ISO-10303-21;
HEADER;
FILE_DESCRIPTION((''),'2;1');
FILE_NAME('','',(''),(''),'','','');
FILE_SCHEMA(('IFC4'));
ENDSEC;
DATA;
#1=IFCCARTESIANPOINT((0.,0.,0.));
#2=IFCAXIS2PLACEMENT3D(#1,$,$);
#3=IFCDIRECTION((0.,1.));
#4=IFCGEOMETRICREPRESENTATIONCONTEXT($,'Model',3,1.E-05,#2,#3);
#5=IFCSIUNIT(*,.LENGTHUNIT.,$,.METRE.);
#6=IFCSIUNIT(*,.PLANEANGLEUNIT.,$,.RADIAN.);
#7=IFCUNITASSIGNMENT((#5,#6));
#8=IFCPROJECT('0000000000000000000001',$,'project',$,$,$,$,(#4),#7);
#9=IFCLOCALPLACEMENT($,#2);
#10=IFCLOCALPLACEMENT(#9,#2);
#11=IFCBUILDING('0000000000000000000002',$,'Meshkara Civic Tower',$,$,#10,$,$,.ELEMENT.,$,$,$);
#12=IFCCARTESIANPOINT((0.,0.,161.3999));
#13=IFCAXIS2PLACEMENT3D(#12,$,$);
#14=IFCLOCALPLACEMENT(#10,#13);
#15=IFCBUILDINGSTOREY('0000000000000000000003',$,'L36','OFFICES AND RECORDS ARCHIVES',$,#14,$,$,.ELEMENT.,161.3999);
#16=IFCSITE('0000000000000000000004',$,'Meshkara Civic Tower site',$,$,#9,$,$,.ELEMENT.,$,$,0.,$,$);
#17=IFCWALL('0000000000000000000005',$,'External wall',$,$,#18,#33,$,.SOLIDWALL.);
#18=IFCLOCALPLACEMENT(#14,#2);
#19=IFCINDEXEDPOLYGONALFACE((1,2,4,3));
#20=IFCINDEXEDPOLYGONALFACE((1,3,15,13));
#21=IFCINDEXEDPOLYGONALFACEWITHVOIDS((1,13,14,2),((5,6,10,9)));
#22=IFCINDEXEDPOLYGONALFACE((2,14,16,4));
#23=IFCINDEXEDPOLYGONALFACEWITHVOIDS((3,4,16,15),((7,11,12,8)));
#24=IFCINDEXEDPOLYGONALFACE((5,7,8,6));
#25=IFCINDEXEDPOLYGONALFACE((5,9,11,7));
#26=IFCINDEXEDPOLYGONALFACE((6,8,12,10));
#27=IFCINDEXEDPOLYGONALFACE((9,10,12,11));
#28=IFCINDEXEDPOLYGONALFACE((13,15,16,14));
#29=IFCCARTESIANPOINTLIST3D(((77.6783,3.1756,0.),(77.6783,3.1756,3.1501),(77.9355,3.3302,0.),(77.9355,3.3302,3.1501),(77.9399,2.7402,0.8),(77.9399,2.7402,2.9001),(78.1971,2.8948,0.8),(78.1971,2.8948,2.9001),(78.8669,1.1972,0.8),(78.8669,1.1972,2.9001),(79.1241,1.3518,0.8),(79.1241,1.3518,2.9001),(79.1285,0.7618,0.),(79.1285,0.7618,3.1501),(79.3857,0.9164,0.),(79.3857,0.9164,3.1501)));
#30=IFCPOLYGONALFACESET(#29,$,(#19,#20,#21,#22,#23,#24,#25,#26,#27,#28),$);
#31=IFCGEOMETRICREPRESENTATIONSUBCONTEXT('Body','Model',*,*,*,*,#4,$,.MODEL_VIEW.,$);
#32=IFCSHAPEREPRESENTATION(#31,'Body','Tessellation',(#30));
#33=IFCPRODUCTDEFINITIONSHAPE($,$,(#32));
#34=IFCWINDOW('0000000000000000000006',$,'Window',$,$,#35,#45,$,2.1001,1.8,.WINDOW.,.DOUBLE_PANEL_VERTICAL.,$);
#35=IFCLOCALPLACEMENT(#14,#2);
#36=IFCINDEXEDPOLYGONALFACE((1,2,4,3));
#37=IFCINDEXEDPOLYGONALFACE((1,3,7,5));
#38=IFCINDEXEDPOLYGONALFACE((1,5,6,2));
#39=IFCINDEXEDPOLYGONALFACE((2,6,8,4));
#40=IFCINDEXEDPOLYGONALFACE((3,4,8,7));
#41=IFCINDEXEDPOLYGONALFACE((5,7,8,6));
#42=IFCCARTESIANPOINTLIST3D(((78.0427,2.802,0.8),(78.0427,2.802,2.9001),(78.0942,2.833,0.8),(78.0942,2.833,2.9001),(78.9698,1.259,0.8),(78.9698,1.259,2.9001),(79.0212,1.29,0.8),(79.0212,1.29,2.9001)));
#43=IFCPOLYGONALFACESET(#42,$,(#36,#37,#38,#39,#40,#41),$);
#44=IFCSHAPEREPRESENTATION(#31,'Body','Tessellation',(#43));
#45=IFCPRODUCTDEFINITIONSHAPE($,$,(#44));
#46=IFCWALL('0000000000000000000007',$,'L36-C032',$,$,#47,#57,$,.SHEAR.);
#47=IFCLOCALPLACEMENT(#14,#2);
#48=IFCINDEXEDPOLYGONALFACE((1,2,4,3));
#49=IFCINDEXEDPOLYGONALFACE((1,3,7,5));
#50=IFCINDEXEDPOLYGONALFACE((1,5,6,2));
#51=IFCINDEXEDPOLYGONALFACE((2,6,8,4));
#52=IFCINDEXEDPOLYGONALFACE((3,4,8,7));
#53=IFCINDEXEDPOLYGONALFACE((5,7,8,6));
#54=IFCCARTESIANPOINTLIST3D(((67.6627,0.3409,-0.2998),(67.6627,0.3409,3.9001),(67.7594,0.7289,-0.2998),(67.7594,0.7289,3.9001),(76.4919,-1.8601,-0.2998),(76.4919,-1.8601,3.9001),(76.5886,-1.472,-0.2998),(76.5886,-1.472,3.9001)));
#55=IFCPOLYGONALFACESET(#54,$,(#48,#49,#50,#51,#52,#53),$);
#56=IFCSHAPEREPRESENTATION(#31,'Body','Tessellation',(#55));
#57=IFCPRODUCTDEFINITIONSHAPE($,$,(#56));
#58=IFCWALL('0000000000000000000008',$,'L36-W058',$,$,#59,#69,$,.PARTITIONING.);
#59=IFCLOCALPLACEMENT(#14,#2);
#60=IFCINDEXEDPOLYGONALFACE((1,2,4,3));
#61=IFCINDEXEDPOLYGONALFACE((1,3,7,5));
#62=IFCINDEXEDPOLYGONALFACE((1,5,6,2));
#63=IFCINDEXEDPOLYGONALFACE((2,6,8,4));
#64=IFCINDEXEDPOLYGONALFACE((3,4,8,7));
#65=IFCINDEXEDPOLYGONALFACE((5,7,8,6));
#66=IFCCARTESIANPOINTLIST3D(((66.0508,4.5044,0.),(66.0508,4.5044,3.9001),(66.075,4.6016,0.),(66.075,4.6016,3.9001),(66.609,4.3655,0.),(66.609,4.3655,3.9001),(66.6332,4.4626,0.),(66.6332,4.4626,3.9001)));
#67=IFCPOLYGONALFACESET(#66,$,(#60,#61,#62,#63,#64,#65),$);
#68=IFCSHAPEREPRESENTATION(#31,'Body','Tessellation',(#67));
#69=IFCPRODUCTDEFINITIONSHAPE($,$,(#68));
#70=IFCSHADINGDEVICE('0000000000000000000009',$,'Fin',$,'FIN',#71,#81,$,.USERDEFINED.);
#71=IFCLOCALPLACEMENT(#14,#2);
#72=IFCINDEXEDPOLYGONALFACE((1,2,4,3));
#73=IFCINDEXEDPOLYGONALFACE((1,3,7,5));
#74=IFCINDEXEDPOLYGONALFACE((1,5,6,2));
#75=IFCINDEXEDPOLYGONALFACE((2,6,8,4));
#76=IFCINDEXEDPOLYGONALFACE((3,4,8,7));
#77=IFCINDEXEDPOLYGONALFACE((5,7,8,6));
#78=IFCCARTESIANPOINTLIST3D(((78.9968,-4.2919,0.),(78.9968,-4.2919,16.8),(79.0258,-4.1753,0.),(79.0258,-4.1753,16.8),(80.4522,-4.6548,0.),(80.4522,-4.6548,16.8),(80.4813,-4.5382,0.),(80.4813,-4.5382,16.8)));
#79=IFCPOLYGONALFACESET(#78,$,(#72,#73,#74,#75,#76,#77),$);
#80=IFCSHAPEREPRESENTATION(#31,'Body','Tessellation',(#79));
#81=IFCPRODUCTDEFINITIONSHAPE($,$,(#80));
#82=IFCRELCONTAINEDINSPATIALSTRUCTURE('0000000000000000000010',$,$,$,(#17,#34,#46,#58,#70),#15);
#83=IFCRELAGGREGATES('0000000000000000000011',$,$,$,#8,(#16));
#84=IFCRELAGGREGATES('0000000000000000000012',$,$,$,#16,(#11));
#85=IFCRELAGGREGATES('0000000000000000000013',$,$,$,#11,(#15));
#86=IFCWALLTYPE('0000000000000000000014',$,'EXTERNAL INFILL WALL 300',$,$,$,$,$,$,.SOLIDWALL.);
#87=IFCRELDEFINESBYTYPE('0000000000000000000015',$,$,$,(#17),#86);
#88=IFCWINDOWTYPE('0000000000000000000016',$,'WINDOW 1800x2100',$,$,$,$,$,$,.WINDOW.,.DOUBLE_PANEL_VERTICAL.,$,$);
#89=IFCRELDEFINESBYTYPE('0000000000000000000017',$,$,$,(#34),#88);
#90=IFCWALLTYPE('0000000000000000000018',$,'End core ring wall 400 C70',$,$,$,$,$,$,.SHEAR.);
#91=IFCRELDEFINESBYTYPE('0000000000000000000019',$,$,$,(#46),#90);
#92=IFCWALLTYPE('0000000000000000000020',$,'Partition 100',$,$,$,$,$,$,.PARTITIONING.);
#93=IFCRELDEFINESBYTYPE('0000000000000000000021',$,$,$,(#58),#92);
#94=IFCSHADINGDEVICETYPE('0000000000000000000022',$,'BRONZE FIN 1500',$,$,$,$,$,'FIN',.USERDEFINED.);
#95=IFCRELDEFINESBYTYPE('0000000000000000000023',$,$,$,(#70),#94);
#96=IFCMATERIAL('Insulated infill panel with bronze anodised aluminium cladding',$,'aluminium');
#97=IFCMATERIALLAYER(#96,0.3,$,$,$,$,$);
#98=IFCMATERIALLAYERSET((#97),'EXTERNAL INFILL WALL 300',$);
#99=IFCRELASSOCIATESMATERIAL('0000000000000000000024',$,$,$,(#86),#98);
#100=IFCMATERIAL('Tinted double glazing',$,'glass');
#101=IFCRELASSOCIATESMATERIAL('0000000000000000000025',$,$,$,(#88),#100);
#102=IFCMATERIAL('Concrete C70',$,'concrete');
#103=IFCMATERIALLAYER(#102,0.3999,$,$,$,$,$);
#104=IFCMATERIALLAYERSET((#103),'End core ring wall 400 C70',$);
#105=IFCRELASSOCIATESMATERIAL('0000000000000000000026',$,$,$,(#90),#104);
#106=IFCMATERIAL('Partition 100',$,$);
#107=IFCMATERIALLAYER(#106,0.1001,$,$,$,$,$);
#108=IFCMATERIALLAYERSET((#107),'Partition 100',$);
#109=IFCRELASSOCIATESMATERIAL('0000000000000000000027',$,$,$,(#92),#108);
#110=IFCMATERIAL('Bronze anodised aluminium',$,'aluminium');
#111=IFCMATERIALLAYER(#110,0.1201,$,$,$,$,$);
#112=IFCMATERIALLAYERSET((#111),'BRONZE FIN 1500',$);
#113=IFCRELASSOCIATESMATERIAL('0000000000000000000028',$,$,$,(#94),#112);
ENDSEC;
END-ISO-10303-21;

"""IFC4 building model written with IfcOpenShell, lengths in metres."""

from ifc_helpers import new_model, si_unit, direction, frame, frame_2d, origin, origin_2d, place, context, subcontext, project, spatial, rectangle, extrude, material, layer, layer_set, type_object, element, fill, save


model = new_model("IFC4")

# Units and contexts
model_context = context("Model", 3, precision=1e-05, world=origin(), true_north=direction((0.0, 1.0)))
body_context = subcontext(model_context, "Body", "Model", "MODEL_VIEW")
ifc_project = project(units=[si_unit("LENGTHUNIT", "METRE"), si_unit("PLANEANGLEUNIT", "RADIAN")], contexts=[model_context])

# Site, building, storey
site_placement = place(None, origin())
site = spatial("IfcSite", under=ifc_project, at=site_placement, Name="Meshkara Civic Tower site", CompositionType="ELEMENT", RefElevation=0.0)
building_placement = place(site_placement, origin())
building = spatial("IfcBuilding", under=site, at=building_placement, Name="Meshkara Civic Tower", CompositionType="ELEMENT")
storey_placement = place(building_placement, frame((0.0, 0.0, 161.3999)))
storey = spatial("IfcBuildingStorey", under=building, at=storey_placement, Name="L36", Description="OFFICES AND RECORDS ARCHIVES", CompositionType="ELEMENT", Elevation=161.3999)

# Wall, opening, window
ifc_material_1 = material(Name="Insulated infill panel with bronze anodised aluminium cladding", Category="aluminium")
ifc_layer_1 = layer(ifc_material_1, 0.3)
ifc_layer_set_1 = layer_set([ifc_layer_1], Name="EXTERNAL INFILL WALL 300")
wall_type_1 = type_object("IfcWallType", Name="EXTERNAL INFILL WALL 300", PredefinedType="SOLIDWALL", material=ifc_layer_set_1)
ifc_material_2 = material(Name="Tinted double glazing", Category="glass")
window_type_1 = type_object("IfcWindowType", Name="WINDOW 1800x2100", PartitioningType="DOUBLE_PANEL_VERTICAL", PredefinedType="WINDOW", material=ifc_material_2)
wall_1_placement = place(storey_placement, frame((79.2571, 0.8391, 0.0), z_axis=(0.0, 0.0, 1.0), x_axis=(-0.514993, 0.857194, 0.0)))
wall_1 = element("IfcWall", 1, at=wall_1_placement, inside=storey, type_object=wall_type_1, Name="External wall", PredefinedType="SOLIDWALL", context=body_context, shape_type="SweptSolid", body=[
    extrude(rectangle(XDim=2.8159, YDim=0.3, at=frame_2d((1.408, 0.0))), origin(), (0.0, 0.0, 1.0), 3.1501),
])
opening_1_placement = place(wall_1_placement, frame((0.5081, 0.0, 0.8)))
opening_1 = element("IfcOpeningElement", 2, at=opening_1_placement, cuts=wall_1, PredefinedType="OPENING", context=body_context, shape_type="SweptSolid", body=[
    extrude(rectangle(XDim=1.8, YDim=2.1001, at=frame_2d((0.8999, 1.05))), frame((0.0, 0.1599, 0.0), z_axis=(0.0, -1.0, 0.0), x_axis=(1.0, 0.0, 0.0)), (0.0, 0.0, 1.0), 0.3201),
])
window_1_placement = place(opening_1_placement, origin())
window_1 = element("IfcWindow", 3, at=window_1_placement, inside=storey, type_object=window_type_1, Name="Window", OverallHeight=2.1001, OverallWidth=1.8, PartitioningType="DOUBLE_PANEL_VERTICAL", PredefinedType="WINDOW", context=body_context, shape_type="SweptSolid", body=[
    extrude(rectangle(XDim=1.8, YDim=2.1001, at=frame_2d((0.8999, 1.05))), frame((0.0, 0.03, 0.0), z_axis=(0.0, -1.0, 0.0), x_axis=(1.0, 0.0, 0.0)), (0.0, 0.0, 1.0), 0.0601),
])
fill(opening_1, window_1)

# Walls
ifc_material_3 = material(Name="Concrete C70", Category="concrete")
ifc_layer_2 = layer(ifc_material_3, 0.3999)
ifc_layer_set_2 = layer_set([ifc_layer_2], Name="End core ring wall 400 C70")
wall_type_2 = type_object("IfcWallType", Name="End core ring wall 400 C70", PredefinedType="SHEAR", material=ifc_layer_set_2)
wall_2_placement = place(storey_placement, frame((67.7109, 0.5349, -0.2998), z_axis=(0.0, 0.0, 1.0), x_axis=(0.970306, -0.241879, 0.0)))
element("IfcWall", 4, at=wall_2_placement, inside=storey, type_object=wall_type_2, Name="L36-C032", PredefinedType="SHEAR", context=body_context, shape_type="SweptSolid", body=[
    extrude(rectangle(XDim=9.0994, YDim=0.3999, at=frame_2d((4.5498, 0.0))), origin(), (0.0, 0.0, 1.0), 4.2),
])
ifc_material_4 = material(Name="Partition 100")
ifc_layer_3 = layer(ifc_material_4, 0.1001)
ifc_layer_set_3 = layer_set([ifc_layer_3], Name="Partition 100")
wall_type_3 = type_object("IfcWallType", Name="Partition 100", PredefinedType="PARTITIONING", material=ifc_layer_set_3)
wall_3_placement = place(storey_placement, frame((66.6211, 4.4141, 0.0), z_axis=(0.0, 0.0, 1.0), x_axis=(-0.970392, 0.241537, 0.0)))
element("IfcWall", 5, at=wall_3_placement, inside=storey, type_object=wall_type_3, Name="L36-W058", PredefinedType="PARTITIONING", context=body_context, shape_type="SweptSolid", body=[
    extrude(rectangle(XDim=0.5752, YDim=0.1001, at=frame_2d((0.2876, 0.0))), origin(), (0.0, 0.0, 1.0), 3.9001),
])

# Shading device
ifc_material_5 = material(Name="Bronze anodised aluminium", Category="aluminium")
ifc_layer_4 = layer(ifc_material_5, 0.1201)
ifc_layer_set_4 = layer_set([ifc_layer_4], Name="BRONZE FIN 1500")
shading_device_type = type_object("IfcShadingDeviceType", Name="BRONZE FIN 1500", ElementType="FIN", PredefinedType="USERDEFINED", material=ifc_layer_set_4)
shading_device_placement = place(storey_placement, frame((79.739, -4.415, 0.0), z_axis=(0.0, 0.0, 1.0), x_axis=(0.241922, 0.970296, 0.0)))
element("IfcShadingDevice", 6, at=shading_device_placement, inside=storey, type_object=shading_device_type, Name="Fin", ObjectType="FIN", PredefinedType="USERDEFINED", context=body_context, shape_type="SweptSolid", body=[
    extrude(rectangle(XDim=0.1201, YDim=1.5, at=origin_2d()), origin(), (0.0, 0.0, 1.0), 16.8),
])

save(model, "model.ifc")
